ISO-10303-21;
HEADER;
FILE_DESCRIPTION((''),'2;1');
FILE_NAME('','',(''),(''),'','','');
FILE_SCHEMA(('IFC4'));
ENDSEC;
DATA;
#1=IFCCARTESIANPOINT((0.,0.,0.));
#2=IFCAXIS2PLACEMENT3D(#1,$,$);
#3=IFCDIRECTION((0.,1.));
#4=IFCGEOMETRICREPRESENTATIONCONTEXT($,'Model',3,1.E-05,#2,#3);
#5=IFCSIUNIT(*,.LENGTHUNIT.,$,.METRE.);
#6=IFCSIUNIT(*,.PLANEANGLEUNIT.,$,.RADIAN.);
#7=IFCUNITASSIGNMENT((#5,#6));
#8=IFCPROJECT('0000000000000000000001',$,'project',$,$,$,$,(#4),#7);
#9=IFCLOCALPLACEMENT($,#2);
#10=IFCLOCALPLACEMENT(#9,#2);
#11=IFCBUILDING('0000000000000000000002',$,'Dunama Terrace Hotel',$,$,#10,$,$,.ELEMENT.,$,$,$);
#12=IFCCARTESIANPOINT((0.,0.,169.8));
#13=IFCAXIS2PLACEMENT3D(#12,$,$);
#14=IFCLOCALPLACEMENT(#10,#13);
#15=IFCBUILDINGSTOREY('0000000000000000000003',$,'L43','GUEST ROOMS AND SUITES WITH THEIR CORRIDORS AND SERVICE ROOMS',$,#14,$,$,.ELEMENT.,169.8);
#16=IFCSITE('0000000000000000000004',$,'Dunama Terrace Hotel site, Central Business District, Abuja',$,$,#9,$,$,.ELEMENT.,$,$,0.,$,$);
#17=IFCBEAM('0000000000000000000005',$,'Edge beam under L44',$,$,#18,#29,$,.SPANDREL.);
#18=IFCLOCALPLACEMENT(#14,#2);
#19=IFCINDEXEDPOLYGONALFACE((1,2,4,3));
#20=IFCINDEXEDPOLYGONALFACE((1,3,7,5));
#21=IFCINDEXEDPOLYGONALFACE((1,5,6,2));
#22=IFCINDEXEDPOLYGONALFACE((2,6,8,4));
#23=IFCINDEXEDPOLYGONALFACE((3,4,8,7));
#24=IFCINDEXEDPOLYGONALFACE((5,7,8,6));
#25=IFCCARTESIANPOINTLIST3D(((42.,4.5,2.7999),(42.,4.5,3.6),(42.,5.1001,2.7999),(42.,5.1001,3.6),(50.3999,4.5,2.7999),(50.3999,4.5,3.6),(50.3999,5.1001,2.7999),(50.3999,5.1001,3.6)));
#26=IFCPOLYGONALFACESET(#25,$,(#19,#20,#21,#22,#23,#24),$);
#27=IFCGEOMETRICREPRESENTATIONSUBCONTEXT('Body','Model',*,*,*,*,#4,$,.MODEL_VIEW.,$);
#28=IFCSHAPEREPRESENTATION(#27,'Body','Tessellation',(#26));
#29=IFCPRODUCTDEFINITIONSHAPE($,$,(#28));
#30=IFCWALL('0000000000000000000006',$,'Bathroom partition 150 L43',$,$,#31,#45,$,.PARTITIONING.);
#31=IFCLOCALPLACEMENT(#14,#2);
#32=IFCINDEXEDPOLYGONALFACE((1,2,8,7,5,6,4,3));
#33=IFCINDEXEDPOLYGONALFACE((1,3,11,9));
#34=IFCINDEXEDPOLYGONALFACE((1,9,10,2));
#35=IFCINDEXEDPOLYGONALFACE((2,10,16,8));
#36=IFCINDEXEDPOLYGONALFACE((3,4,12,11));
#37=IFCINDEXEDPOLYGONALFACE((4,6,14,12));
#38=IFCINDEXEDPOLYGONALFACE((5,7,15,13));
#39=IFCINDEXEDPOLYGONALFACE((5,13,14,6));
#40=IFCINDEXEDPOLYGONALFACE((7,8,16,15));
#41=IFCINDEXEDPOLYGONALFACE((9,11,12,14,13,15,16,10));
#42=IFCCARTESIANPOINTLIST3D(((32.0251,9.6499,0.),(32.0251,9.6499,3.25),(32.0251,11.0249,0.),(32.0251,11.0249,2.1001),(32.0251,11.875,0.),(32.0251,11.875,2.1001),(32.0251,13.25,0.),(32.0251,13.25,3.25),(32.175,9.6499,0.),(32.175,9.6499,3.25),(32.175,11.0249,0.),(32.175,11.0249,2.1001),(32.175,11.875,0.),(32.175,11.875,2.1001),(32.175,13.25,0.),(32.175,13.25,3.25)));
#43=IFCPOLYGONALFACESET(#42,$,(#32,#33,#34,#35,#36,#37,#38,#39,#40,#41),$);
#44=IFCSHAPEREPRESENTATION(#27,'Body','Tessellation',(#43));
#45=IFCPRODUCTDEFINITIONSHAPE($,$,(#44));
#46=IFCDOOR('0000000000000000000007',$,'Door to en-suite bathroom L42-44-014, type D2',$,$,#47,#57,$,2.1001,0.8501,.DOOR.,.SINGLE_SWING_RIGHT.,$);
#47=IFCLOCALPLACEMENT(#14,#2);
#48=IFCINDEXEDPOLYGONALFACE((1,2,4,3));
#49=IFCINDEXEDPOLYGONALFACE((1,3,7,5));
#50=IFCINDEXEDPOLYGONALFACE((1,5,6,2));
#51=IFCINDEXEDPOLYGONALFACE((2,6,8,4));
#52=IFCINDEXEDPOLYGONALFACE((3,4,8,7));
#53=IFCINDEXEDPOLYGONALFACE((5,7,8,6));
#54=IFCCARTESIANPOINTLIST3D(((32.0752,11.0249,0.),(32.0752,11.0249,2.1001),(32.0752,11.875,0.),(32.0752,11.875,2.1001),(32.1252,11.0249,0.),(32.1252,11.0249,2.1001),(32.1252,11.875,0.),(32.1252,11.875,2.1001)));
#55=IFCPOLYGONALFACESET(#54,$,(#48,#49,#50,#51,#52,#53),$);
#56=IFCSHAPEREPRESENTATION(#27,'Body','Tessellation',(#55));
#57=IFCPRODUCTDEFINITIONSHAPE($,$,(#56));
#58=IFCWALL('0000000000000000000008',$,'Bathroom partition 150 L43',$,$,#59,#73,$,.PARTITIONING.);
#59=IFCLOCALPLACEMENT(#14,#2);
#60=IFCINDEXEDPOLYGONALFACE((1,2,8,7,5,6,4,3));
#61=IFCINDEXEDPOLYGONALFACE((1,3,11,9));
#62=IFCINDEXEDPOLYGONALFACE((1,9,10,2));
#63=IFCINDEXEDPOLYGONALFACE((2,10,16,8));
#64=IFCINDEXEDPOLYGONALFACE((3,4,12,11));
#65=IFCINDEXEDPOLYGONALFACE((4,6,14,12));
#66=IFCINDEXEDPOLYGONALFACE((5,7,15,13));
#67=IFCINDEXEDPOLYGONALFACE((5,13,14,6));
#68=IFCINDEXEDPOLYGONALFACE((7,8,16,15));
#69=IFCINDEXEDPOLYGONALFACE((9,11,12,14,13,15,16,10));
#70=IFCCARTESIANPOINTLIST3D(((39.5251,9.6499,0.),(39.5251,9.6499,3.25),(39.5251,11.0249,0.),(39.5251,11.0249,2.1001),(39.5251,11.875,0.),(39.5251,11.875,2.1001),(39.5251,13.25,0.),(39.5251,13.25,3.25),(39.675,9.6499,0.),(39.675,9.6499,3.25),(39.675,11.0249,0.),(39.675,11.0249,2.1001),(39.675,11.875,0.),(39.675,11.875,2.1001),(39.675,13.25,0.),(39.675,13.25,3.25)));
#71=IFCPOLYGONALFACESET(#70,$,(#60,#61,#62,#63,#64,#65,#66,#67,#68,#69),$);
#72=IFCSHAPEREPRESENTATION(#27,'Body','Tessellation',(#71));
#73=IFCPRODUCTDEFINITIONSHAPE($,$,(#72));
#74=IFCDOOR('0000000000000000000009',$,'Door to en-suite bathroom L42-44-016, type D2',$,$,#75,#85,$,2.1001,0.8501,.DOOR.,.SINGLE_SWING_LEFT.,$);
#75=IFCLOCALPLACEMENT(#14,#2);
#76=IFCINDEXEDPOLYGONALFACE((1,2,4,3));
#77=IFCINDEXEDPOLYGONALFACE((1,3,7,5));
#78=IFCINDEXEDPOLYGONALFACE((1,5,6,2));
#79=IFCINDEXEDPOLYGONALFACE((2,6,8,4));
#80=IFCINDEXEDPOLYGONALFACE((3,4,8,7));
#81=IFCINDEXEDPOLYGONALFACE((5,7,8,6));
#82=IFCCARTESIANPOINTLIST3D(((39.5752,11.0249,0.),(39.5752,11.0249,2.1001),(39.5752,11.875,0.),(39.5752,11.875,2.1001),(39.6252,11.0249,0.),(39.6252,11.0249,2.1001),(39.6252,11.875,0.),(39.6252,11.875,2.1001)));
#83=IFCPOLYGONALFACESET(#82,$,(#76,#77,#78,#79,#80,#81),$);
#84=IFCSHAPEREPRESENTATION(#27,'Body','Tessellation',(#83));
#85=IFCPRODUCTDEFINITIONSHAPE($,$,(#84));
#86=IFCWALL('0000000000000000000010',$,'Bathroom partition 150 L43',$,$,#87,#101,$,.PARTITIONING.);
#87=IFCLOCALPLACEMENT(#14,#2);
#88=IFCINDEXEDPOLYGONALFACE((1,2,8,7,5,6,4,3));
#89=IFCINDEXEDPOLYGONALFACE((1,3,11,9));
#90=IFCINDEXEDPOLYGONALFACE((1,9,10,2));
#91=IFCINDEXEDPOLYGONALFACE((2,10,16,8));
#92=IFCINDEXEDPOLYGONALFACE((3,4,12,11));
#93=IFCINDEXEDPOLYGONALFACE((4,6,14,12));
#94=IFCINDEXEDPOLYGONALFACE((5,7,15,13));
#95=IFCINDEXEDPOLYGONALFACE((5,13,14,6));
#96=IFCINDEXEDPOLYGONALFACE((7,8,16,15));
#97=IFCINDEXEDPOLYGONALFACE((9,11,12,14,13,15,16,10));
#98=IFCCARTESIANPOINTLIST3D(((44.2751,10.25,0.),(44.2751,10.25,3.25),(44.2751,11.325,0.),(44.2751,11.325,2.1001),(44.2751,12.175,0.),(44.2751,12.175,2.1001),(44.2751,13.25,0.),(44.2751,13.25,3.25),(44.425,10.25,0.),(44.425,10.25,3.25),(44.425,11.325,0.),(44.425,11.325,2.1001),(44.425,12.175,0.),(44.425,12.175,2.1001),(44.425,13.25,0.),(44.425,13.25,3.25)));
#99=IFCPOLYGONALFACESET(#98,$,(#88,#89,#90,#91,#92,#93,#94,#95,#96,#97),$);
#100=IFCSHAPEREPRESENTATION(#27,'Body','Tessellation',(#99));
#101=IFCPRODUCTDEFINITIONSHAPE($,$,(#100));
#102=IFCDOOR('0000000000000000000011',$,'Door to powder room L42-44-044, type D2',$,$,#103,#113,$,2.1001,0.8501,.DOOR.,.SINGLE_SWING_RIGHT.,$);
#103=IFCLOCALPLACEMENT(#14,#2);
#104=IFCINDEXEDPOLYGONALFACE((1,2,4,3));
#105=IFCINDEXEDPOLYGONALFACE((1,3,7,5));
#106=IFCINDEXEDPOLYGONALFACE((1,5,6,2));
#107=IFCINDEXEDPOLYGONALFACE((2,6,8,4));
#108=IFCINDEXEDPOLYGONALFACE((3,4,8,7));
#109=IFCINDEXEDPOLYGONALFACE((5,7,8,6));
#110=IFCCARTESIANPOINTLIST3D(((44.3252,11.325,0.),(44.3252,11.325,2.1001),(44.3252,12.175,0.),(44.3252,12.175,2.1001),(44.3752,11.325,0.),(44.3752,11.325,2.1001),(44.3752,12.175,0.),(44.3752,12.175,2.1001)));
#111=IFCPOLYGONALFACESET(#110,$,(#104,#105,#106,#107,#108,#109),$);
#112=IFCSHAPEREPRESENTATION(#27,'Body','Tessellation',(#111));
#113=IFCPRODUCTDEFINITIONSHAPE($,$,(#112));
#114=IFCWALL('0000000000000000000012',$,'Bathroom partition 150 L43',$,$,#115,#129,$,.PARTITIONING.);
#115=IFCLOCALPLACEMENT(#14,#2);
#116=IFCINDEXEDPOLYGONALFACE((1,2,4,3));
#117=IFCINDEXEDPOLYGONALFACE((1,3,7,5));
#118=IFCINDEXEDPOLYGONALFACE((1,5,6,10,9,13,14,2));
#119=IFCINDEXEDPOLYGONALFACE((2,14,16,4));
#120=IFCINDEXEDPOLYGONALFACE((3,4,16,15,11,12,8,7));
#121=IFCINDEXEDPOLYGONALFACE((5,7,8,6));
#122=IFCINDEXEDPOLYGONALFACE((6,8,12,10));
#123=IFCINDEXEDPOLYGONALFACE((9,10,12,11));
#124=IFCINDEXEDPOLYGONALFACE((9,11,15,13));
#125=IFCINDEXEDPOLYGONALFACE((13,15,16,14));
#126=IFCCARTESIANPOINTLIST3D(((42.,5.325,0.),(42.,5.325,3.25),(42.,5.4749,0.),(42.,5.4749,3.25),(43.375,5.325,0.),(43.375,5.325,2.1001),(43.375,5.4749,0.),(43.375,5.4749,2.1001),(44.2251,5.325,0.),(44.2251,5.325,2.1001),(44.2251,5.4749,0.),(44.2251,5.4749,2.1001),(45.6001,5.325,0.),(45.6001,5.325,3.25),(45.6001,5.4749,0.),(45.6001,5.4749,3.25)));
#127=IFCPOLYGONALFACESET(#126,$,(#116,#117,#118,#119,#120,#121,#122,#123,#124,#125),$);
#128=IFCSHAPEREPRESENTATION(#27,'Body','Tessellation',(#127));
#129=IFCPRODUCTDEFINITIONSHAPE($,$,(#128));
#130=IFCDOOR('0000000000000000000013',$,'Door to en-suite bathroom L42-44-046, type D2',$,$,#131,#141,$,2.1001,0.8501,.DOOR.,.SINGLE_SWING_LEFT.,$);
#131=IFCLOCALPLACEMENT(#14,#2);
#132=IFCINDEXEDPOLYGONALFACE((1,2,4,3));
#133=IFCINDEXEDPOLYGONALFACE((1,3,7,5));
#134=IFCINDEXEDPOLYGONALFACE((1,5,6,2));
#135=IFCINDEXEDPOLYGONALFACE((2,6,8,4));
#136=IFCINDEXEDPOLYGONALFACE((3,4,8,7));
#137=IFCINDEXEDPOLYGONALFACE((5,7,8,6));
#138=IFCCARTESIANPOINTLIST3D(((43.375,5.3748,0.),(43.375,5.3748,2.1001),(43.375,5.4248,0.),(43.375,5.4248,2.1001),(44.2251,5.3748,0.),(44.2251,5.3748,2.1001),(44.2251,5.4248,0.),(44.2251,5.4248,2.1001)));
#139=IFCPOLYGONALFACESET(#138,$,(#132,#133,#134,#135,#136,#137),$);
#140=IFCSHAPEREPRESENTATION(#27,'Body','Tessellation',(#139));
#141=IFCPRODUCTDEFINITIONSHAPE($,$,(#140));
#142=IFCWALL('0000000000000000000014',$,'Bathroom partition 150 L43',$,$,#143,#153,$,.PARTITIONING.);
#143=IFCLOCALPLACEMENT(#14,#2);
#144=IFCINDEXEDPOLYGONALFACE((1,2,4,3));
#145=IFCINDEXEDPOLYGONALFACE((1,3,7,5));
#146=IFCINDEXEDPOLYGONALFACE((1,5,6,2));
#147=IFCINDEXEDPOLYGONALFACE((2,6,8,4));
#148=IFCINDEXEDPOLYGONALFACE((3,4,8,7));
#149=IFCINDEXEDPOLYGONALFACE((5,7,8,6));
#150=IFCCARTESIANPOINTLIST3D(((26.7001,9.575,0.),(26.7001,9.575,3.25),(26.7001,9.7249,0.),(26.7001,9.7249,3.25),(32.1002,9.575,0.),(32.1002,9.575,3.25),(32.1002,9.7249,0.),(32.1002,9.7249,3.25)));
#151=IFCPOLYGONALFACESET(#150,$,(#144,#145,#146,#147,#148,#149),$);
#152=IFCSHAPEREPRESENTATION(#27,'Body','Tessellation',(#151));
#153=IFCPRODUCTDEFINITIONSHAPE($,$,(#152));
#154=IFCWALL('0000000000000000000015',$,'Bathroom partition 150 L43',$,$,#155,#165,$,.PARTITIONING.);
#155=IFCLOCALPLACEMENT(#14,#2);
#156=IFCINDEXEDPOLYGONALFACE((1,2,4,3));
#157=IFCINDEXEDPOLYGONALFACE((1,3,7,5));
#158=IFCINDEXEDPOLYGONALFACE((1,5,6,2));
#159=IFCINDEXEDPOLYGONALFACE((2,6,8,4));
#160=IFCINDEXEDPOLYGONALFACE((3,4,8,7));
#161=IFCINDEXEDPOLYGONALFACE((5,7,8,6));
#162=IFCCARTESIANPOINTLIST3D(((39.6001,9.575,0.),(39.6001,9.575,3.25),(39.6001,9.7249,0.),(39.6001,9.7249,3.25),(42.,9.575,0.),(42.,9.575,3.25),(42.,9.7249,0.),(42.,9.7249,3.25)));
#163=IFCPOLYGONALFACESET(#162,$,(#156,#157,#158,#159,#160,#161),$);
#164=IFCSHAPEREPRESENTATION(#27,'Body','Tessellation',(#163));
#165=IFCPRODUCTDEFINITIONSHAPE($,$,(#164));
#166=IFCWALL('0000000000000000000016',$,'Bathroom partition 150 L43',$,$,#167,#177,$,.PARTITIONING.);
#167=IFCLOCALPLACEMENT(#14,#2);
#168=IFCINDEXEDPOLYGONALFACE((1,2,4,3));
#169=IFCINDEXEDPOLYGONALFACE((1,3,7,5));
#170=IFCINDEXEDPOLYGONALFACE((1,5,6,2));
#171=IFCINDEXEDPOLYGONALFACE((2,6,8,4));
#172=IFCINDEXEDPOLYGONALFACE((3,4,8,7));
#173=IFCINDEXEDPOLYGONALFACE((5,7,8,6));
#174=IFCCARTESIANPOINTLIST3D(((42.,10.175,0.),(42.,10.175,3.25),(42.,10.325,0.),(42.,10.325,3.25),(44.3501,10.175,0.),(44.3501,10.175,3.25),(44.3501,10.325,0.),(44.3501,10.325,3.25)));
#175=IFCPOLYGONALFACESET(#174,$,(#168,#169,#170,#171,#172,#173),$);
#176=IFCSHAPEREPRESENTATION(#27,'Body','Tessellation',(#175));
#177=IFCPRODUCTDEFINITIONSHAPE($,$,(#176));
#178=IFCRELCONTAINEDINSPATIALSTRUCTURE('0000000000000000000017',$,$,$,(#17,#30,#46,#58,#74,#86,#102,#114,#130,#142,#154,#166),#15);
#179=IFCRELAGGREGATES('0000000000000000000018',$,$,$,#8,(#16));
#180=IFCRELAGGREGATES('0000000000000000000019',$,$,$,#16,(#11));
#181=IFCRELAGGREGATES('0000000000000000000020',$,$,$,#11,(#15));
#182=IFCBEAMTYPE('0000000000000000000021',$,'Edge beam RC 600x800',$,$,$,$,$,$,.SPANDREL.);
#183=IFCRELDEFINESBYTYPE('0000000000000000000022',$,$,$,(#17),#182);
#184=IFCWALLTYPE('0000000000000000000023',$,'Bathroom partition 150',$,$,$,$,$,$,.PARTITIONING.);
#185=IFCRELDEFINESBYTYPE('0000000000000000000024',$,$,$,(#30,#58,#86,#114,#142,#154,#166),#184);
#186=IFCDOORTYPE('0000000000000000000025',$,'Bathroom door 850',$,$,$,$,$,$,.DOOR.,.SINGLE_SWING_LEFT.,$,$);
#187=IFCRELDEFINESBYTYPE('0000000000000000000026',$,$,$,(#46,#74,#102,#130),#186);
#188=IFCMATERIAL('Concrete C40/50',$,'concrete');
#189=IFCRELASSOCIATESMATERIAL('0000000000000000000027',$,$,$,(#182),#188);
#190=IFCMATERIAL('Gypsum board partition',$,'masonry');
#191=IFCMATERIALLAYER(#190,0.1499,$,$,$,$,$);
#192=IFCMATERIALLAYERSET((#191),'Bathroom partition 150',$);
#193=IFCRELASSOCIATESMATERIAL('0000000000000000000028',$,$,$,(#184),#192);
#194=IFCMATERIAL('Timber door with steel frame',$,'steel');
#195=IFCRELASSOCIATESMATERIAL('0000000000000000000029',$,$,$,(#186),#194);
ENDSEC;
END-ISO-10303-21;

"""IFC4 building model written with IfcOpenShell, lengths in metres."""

from ifc_helpers import new_model, si_unit, direction, frame, frame_2d, origin, origin_2d, place, context, subcontext, project, spatial, rectangle, extrude, material, layer, layer_set, material_profile, profile_set, type_object, element, fill, save


model = new_model("IFC4")

# Units and contexts
model_context = context("Model", 3, precision=1e-05, world=origin(), true_north=direction((0.0, 1.0)))
body_context = subcontext(model_context, "Body", "Model", "MODEL_VIEW")
ifc_project = project(units=[si_unit("LENGTHUNIT", "METRE"), si_unit("PLANEANGLEUNIT", "RADIAN")], contexts=[model_context])

# Site, building, storey
site_placement = place(None, origin())
site = spatial("IfcSite", under=ifc_project, at=site_placement, Name="Dunama Terrace Hotel site, Central Business District, Abuja", CompositionType="ELEMENT", RefElevation=0.0)
building_placement = place(site_placement, origin())
building = spatial("IfcBuilding", under=site, at=building_placement, Name="Dunama Terrace Hotel", CompositionType="ELEMENT")
storey_placement = place(building_placement, frame((0.0, 0.0, 169.8)))
storey = spatial("IfcBuildingStorey", under=building, at=storey_placement, Name="L43", Description="GUEST ROOMS AND SUITES WITH THEIR CORRIDORS AND SERVICE ROOMS", CompositionType="ELEMENT", Elevation=169.8)

# Beam
ifc_material_1 = material(Name="Concrete C40/50", Category="concrete")
ifc_material_profile = material_profile(ifc_material_1, rectangle(XDim=0.6001, YDim=0.8, at=origin_2d()), Name="RC 600x800")
ifc_profile_set = profile_set([ifc_material_profile], Name="Concrete C40/50")
beam_type = type_object("IfcBeamType", Name="Edge beam RC 600x800", PredefinedType="SPANDREL", material=ifc_profile_set)
beam_placement = place(storey_placement, frame((42.0, 4.8, 3.2), z_axis=(1.0, 0.0, 0.0), x_axis=(0.0, 1.0, 0.0)))
element("IfcBeam", 1, at=beam_placement, inside=storey, type_object=beam_type, Name="Edge beam under L44", PredefinedType="SPANDREL", context=body_context, shape_type="SweptSolid", body=[
    extrude(rectangle(XDim=0.6001, YDim=0.8, at=origin_2d()), origin(), (0.0, 0.0, 1.0), 8.3999),
])

# Walls, openings, doors
ifc_material_2 = material(Name="Gypsum board partition", Category="masonry")
ifc_layer_1 = layer(ifc_material_2, 0.1499)
ifc_layer_set_1 = layer_set([ifc_layer_1], Name="Bathroom partition 150")
wall_type_1 = type_object("IfcWallType", Name="Bathroom partition 150", PredefinedType="PARTITIONING", material=ifc_layer_set_1)
wall_1_placement = place(storey_placement, frame((32.1001, 9.6499, 0.0), z_axis=(0.0, 0.0, 1.0), x_axis=(0.0, 1.0, 0.0)))
wall_1 = element("IfcWall", 2, at=wall_1_placement, inside=storey, type_object=wall_type_1, Name="Bathroom partition 150 L43", PredefinedType="PARTITIONING", context=body_context, shape_type="SweptSolid", body=[
    extrude(rectangle(XDim=3.6001, YDim=0.1499, at=frame_2d((1.8, 0.0))), origin(), (0.0, 0.0, 1.0), 3.25),
])
opening_1_placement = place(wall_1_placement, frame((1.375, 0.0, 0.0)))
opening_1 = element("IfcOpeningElement", 3, at=opening_1_placement, cuts=wall_1, PredefinedType="OPENING", context=body_context, shape_type="SweptSolid", body=[
    extrude(rectangle(XDim=0.8501, YDim=2.1001, at=frame_2d((0.425, 1.05))), frame((0.0, 0.085, 0.0), z_axis=(0.0, -1.0, 0.0), x_axis=(1.0, 0.0, 0.0)), (0.0, 0.0, 1.0), 0.1699),
])
ifc_material_3 = material(Name="Timber door with steel frame", Category="steel")
door_type_1 = type_object("IfcDoorType", Name="Bathroom door 850", OperationType="SINGLE_SWING_LEFT", PredefinedType="DOOR", material=ifc_material_3)
door_1_placement = place(opening_1_placement, origin())
door_1 = element("IfcDoor", 4, at=door_1_placement, inside=storey, type_object=door_type_1, Name="Door to en-suite bathroom L42-44-014, type D2", OperationType="SINGLE_SWING_RIGHT", OverallHeight=2.1001, OverallWidth=0.8501, PredefinedType="DOOR", context=body_context, shape_type="SweptSolid", body=[
    extrude(rectangle(XDim=0.8501, YDim=2.1001, at=frame_2d((0.425, 1.05))), frame((0.0, 0.0249, 0.0), z_axis=(0.0, -1.0, 0.0), x_axis=(1.0, 0.0, 0.0)), (0.0, 0.0, 1.0), 0.05),
])
fill(opening_1, door_1)
wall_2_placement = place(storey_placement, frame((39.6001, 9.6499, 0.0), z_axis=(0.0, 0.0, 1.0), x_axis=(0.0, 1.0, 0.0)))
wall_2 = element("IfcWall", 5, at=wall_2_placement, inside=storey, type_object=wall_type_1, Name="Bathroom partition 150 L43", PredefinedType="PARTITIONING", context=body_context, shape_type="SweptSolid", body=[
    extrude(rectangle(XDim=3.6001, YDim=0.1499, at=frame_2d((1.8, 0.0))), origin(), (0.0, 0.0, 1.0), 3.25),
])
opening_2_placement = place(wall_2_placement, frame((1.375, 0.0, 0.0)))
opening_2 = element("IfcOpeningElement", 6, at=opening_2_placement, cuts=wall_2, PredefinedType="OPENING", context=body_context, shape_type="SweptSolid", body=[
    extrude(rectangle(XDim=0.8501, YDim=2.1001, at=frame_2d((0.425, 1.05))), frame((0.0, 0.085, 0.0), z_axis=(0.0, -1.0, 0.0), x_axis=(1.0, 0.0, 0.0)), (0.0, 0.0, 1.0), 0.1699),
])
door_2_placement = place(opening_2_placement, frame((0.8501, 0.0, 0.0), z_axis=(0.0, 0.0, 1.0), x_axis=(-1.0, 0.0, 0.0)))
door_2 = element("IfcDoor", 7, at=door_2_placement, inside=storey, type_object=door_type_1, Name="Door to en-suite bathroom L42-44-016, type D2", OperationType="SINGLE_SWING_LEFT", OverallHeight=2.1001, OverallWidth=0.8501, PredefinedType="DOOR", context=body_context, shape_type="SweptSolid", body=[
    extrude(rectangle(XDim=0.8501, YDim=2.1001, at=frame_2d((0.425, 1.05))), frame((0.0, 0.0251, 0.0), z_axis=(0.0, -1.0, 0.0), x_axis=(1.0, 0.0, 0.0)), (0.0, 0.0, 1.0), 0.05),
])
fill(opening_2, door_2)
wall_3_placement = place(storey_placement, frame((44.3501, 10.25, 0.0), z_axis=(0.0, 0.0, 1.0), x_axis=(0.0, 1.0, 0.0)))
wall_3 = element("IfcWall", 8, at=wall_3_placement, inside=storey, type_object=wall_type_1, Name="Bathroom partition 150 L43", PredefinedType="PARTITIONING", context=body_context, shape_type="SweptSolid", body=[
    extrude(rectangle(XDim=3.0, YDim=0.1499, at=frame_2d((1.5, 0.0))), origin(), (0.0, 0.0, 1.0), 3.25),
])
opening_3_placement = place(wall_3_placement, frame((1.075, 0.0, 0.0)))
opening_3 = element("IfcOpeningElement", 9, at=opening_3_placement, cuts=wall_3, PredefinedType="OPENING", context=body_context, shape_type="SweptSolid", body=[
    extrude(rectangle(XDim=0.8501, YDim=2.1001, at=frame_2d((0.425, 1.05))), frame((0.0, 0.085, 0.0), z_axis=(0.0, -1.0, 0.0), x_axis=(1.0, 0.0, 0.0)), (0.0, 0.0, 1.0), 0.1699),
])
door_3_placement = place(opening_3_placement, origin())
door_3 = element("IfcDoor", 10, at=door_3_placement, inside=storey, type_object=door_type_1, Name="Door to powder room L42-44-044, type D2", OperationType="SINGLE_SWING_RIGHT", OverallHeight=2.1001, OverallWidth=0.8501, PredefinedType="DOOR", context=body_context, shape_type="SweptSolid", body=[
    extrude(rectangle(XDim=0.8501, YDim=2.1001, at=frame_2d((0.425, 1.05))), frame((0.0, 0.0249, 0.0), z_axis=(0.0, -1.0, 0.0), x_axis=(1.0, 0.0, 0.0)), (0.0, 0.0, 1.0), 0.05),
])
fill(opening_3, door_3)
wall_4_placement = place(storey_placement, frame((42.0, 5.3999, 0.0), z_axis=(0.0, 0.0, 1.0), x_axis=(1.0, 0.0, 0.0)))
wall_4 = element("IfcWall", 11, at=wall_4_placement, inside=storey, type_object=wall_type_1, Name="Bathroom partition 150 L43", PredefinedType="PARTITIONING", context=body_context, shape_type="SweptSolid", body=[
    extrude(rectangle(XDim=3.6001, YDim=0.1499, at=frame_2d((1.8, 0.0))), origin(), (0.0, 0.0, 1.0), 3.25),
])
opening_4_placement = place(wall_4_placement, frame((1.375, 0.0, 0.0)))
opening_4 = element("IfcOpeningElement", 12, at=opening_4_placement, cuts=wall_4, PredefinedType="OPENING", context=body_context, shape_type="SweptSolid", body=[
    extrude(rectangle(XDim=0.8501, YDim=2.1001, at=frame_2d((0.425, 1.05))), frame((0.0, 0.085, 0.0), z_axis=(0.0, -1.0, 0.0), x_axis=(1.0, 0.0, 0.0)), (0.0, 0.0, 1.0), 0.1699),
])
door_4_placement = place(opening_4_placement, origin())
door_4 = element("IfcDoor", 13, at=door_4_placement, inside=storey, type_object=door_type_1, Name="Door to en-suite bathroom L42-44-046, type D2", OperationType="SINGLE_SWING_LEFT", OverallHeight=2.1001, OverallWidth=0.8501, PredefinedType="DOOR", context=body_context, shape_type="SweptSolid", body=[
    extrude(rectangle(XDim=0.8501, YDim=2.1001, at=frame_2d((0.425, 1.05))), frame((0.0, 0.0249, 0.0), z_axis=(0.0, -1.0, 0.0), x_axis=(1.0, 0.0, 0.0)), (0.0, 0.0, 1.0), 0.05),
])
fill(opening_4, door_4)

# Walls
wall_5_placement = place(storey_placement, frame((26.7, 9.6499, 0.0), z_axis=(0.0, 0.0, 1.0), x_axis=(1.0, 0.0, 0.0)))
element("IfcWall", 14, at=wall_5_placement, inside=storey, type_object=wall_type_1, Name="Bathroom partition 150 L43", PredefinedType="PARTITIONING", context=body_context, shape_type="SweptSolid", body=[
    extrude(rectangle(XDim=5.4001, YDim=0.1499, at=frame_2d((2.7002, 0.0))), origin(), (0.0, 0.0, 1.0), 3.25),
])
wall_6_placement = place(storey_placement, frame((39.6001, 9.6499, 0.0), z_axis=(0.0, 0.0, 1.0), x_axis=(1.0, 0.0, 0.0)))
element("IfcWall", 15, at=wall_6_placement, inside=storey, type_object=wall_type_1, Name="Bathroom partition 150 L43", PredefinedType="PARTITIONING", context=body_context, shape_type="SweptSolid", body=[
    extrude(rectangle(XDim=2.3999, YDim=0.1499, at=frame_2d((1.2, 0.0))), origin(), (0.0, 0.0, 1.0), 3.25),
])
wall_7_placement = place(storey_placement, frame((42.0, 10.25, 0.0), z_axis=(0.0, 0.0, 1.0), x_axis=(1.0, 0.0, 0.0)))
element("IfcWall", 16, at=wall_7_placement, inside=storey, type_object=wall_type_1, Name="Bathroom partition 150 L43", PredefinedType="PARTITIONING", context=body_context, shape_type="SweptSolid", body=[
    extrude(rectangle(XDim=2.3501, YDim=0.1499, at=frame_2d((1.175, 0.0))), origin(), (0.0, 0.0, 1.0), 3.25),
])

save(model, "model.ifc")
